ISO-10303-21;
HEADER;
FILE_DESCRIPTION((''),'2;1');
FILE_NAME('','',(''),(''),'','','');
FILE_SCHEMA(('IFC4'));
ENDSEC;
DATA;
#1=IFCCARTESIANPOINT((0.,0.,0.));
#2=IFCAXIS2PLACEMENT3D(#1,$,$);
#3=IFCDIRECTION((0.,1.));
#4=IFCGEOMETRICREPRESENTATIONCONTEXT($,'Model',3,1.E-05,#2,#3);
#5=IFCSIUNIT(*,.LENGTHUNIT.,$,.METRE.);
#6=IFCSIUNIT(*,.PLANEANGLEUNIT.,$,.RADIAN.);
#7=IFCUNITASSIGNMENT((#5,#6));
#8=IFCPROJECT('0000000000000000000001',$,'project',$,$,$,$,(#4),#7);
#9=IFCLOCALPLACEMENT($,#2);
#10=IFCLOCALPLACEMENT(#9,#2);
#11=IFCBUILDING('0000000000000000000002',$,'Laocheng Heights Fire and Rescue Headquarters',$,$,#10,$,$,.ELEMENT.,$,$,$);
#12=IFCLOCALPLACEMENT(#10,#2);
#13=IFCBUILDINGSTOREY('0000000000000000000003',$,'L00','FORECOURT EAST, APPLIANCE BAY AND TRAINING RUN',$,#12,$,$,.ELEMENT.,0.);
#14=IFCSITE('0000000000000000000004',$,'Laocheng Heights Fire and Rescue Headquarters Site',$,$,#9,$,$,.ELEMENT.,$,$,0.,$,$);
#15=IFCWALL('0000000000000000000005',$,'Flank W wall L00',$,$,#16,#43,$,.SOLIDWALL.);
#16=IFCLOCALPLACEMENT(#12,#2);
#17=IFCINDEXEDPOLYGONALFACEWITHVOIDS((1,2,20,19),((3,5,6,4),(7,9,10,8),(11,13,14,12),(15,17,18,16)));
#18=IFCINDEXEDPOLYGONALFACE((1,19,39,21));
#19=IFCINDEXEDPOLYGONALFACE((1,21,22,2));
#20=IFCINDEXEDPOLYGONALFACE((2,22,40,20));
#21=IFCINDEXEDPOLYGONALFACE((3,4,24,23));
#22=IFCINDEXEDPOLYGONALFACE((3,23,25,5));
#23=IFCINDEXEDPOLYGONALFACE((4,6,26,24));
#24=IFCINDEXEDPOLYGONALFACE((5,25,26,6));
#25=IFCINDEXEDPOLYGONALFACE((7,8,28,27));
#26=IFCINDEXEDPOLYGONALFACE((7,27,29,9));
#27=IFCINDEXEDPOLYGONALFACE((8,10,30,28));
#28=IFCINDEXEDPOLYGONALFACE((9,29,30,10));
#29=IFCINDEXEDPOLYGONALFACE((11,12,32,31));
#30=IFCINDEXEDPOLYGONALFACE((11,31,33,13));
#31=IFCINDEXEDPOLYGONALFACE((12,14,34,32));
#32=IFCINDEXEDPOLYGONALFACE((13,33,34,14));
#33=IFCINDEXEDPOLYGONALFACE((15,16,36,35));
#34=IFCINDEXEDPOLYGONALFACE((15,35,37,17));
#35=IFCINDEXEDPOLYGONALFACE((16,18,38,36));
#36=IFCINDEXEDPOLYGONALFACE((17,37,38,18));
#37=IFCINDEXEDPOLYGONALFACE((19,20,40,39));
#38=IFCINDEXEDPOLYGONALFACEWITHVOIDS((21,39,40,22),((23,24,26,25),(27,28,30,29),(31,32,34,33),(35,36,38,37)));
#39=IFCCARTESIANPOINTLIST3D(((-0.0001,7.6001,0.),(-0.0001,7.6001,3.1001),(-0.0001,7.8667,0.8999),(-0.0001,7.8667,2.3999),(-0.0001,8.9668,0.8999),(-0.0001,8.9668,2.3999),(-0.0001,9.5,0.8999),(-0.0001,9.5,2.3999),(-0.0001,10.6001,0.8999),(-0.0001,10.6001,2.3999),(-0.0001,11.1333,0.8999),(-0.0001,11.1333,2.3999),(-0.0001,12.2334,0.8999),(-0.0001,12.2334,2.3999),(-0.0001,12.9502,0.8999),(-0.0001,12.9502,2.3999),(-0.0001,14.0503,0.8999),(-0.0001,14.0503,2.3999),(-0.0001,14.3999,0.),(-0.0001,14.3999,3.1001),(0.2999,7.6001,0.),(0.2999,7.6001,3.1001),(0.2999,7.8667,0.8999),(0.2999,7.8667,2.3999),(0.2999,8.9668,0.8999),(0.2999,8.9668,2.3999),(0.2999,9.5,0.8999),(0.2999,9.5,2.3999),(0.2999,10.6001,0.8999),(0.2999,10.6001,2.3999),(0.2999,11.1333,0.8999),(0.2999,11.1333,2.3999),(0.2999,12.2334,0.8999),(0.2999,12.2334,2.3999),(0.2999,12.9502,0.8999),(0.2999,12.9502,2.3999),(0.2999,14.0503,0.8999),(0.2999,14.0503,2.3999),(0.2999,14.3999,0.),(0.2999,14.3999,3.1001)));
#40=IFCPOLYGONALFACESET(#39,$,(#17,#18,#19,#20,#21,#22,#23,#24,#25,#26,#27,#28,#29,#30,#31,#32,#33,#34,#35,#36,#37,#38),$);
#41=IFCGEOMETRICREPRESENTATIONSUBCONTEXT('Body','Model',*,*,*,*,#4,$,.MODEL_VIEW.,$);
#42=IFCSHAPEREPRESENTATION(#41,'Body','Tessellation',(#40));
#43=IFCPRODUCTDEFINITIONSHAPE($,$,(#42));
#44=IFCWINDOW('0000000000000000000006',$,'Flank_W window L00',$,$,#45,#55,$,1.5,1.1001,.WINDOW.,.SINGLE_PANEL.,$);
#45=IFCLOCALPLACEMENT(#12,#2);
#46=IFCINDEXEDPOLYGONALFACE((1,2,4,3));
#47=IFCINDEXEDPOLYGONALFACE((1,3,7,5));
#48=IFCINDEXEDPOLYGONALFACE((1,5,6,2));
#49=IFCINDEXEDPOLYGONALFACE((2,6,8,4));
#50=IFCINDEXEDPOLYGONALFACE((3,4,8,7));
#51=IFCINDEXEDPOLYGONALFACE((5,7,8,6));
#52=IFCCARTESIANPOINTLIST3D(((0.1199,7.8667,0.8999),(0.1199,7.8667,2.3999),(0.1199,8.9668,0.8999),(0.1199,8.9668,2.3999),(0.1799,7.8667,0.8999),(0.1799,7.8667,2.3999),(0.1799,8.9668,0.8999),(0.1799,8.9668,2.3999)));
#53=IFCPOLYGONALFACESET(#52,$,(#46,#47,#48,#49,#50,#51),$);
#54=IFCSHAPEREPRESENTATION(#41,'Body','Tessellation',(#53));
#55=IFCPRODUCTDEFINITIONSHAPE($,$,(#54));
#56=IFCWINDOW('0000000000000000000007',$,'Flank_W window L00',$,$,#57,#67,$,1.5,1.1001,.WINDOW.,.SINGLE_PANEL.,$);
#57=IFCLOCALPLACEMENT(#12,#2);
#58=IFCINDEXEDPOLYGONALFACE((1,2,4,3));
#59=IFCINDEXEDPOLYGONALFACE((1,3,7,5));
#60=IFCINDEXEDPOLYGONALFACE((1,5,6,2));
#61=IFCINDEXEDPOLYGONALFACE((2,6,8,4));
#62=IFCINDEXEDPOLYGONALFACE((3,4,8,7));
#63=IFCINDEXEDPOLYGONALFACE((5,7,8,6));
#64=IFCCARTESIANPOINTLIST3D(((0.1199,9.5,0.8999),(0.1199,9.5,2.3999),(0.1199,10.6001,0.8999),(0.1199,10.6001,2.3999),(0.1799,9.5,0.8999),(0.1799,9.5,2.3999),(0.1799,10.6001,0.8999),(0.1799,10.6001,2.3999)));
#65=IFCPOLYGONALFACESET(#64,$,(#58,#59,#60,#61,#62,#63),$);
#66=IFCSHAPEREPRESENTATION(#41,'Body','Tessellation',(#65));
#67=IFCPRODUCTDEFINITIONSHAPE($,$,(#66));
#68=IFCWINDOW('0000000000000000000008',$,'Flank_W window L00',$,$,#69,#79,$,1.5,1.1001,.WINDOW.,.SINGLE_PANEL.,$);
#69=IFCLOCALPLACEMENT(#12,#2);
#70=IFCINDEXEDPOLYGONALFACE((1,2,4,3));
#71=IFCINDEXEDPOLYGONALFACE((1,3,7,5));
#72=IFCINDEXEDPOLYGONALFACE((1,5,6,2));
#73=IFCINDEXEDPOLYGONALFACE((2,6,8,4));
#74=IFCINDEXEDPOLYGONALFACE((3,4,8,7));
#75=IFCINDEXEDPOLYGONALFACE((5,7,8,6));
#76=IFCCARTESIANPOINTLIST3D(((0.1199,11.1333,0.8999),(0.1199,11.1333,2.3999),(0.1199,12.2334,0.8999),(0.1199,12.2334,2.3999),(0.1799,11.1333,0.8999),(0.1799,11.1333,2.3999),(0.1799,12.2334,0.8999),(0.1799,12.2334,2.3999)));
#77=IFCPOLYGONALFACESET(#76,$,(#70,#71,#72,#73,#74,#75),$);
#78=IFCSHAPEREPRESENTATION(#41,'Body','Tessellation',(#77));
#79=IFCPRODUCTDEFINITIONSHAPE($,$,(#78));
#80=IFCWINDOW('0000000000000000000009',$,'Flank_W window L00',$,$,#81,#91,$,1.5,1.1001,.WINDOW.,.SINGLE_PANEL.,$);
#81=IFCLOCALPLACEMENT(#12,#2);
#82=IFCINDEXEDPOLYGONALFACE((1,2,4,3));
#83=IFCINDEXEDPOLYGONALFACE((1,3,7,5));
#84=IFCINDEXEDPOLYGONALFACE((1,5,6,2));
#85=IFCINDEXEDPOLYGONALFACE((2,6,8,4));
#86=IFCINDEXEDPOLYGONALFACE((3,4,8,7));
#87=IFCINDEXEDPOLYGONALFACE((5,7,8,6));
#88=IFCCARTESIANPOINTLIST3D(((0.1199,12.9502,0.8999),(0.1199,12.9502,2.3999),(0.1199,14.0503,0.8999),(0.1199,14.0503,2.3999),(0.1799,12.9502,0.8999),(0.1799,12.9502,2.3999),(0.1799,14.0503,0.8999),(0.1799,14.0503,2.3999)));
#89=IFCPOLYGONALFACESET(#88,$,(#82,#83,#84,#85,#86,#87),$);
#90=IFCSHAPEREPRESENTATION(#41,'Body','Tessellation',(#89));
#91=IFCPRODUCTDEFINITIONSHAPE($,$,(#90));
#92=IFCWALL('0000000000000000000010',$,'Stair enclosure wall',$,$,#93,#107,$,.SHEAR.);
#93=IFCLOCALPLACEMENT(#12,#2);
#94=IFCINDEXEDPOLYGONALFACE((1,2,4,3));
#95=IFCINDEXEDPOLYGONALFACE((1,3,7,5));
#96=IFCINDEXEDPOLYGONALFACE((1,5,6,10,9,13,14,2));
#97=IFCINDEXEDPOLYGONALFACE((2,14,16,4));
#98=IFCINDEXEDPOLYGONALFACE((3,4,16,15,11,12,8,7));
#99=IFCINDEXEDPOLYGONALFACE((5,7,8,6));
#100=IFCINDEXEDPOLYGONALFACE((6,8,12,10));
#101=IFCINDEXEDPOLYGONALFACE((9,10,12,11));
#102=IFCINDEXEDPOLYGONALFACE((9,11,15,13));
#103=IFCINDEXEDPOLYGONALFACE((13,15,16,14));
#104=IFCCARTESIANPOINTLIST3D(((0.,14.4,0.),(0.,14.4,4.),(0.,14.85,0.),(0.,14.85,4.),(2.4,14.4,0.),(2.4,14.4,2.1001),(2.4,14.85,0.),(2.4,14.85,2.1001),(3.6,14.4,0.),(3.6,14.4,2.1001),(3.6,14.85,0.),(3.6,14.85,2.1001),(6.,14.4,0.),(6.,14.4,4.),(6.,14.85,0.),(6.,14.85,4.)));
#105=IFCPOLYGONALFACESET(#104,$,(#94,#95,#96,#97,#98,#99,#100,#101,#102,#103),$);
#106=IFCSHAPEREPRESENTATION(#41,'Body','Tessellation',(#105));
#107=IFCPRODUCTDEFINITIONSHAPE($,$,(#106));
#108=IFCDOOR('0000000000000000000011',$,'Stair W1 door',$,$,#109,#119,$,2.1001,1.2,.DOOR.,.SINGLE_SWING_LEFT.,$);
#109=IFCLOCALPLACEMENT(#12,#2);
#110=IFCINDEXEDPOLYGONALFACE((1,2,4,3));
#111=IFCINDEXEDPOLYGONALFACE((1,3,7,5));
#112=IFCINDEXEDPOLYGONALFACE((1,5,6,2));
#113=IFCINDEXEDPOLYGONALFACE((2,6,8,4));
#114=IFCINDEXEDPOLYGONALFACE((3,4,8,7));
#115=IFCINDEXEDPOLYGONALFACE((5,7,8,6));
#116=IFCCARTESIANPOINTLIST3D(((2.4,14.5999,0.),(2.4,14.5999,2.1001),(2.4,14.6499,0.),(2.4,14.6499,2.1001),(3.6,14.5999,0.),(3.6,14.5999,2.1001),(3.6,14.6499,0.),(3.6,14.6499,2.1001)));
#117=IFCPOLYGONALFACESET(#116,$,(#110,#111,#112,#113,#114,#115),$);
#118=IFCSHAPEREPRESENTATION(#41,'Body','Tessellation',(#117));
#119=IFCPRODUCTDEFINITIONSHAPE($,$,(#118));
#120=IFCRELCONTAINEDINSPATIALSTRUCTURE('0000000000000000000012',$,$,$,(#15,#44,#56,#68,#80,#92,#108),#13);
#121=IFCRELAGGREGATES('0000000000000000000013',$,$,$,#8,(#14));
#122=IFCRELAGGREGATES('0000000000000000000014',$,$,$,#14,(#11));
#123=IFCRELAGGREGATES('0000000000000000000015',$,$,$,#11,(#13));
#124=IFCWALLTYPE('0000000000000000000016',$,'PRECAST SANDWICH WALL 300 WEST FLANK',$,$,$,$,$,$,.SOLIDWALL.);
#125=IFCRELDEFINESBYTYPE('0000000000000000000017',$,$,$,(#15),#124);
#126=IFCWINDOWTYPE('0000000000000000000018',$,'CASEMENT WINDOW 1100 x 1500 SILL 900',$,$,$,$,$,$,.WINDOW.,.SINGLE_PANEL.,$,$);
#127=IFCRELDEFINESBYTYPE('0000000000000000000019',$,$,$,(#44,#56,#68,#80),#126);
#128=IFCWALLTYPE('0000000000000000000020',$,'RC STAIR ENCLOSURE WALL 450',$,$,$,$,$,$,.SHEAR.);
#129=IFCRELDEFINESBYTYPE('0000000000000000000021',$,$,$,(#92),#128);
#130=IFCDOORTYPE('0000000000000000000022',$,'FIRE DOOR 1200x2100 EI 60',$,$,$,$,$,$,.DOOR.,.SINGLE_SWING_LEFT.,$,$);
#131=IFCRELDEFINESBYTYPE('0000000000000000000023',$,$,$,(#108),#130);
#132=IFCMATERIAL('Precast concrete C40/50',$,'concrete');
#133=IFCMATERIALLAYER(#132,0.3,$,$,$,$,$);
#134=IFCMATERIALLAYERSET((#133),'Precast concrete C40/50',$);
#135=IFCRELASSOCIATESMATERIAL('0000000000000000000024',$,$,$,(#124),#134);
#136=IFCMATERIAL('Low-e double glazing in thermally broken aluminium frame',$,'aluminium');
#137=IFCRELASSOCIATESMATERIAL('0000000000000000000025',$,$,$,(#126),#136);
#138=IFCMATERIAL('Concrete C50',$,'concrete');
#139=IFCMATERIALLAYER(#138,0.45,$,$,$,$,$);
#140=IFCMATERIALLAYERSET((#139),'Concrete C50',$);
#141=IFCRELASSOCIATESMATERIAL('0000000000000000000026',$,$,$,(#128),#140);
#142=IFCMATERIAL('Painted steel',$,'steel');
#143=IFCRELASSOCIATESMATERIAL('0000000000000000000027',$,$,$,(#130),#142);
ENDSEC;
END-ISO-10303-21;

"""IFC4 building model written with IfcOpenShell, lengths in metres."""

from ifc_helpers import new_model, si_unit, direction, frame, frame_2d, origin, place, context, subcontext, project, spatial, rectangle, extrude, material, layer, layer_set, type_object, element, fill, save


model = new_model("IFC4")

# Units and contexts
model_context = context("Model", 3, precision=1e-05, world=origin(), true_north=direction((0.0, 1.0)))
body_context = subcontext(model_context, "Body", "Model", "MODEL_VIEW")
ifc_project = project(units=[si_unit("LENGTHUNIT", "METRE"), si_unit("PLANEANGLEUNIT", "RADIAN")], contexts=[model_context])

# Site, building, storey
site_placement = place(None, origin())
site = spatial("IfcSite", under=ifc_project, at=site_placement, Name="Laocheng Heights Fire and Rescue Headquarters Site", CompositionType="ELEMENT", RefElevation=0.0)
building_placement = place(site_placement, origin())
building = spatial("IfcBuilding", under=site, at=building_placement, Name="Laocheng Heights Fire and Rescue Headquarters", CompositionType="ELEMENT")
storey_placement = place(building_placement, origin())
storey = spatial("IfcBuildingStorey", under=building, at=storey_placement, Name="L00", Description="FORECOURT EAST, APPLIANCE BAY AND TRAINING RUN", CompositionType="ELEMENT", Elevation=0.0)

# Wall, openings, windows
ifc_material_1 = material(Name="Precast concrete C40/50", Category="concrete")
ifc_layer_1 = layer(ifc_material_1, 0.3)
ifc_layer_set_1 = layer_set([ifc_layer_1], Name="Precast concrete C40/50")
wall_type_1 = type_object("IfcWallType", Name="PRECAST SANDWICH WALL 300 WEST FLANK", PredefinedType="SOLIDWALL", material=ifc_layer_set_1)
wall_1_placement = place(storey_placement, frame((0.1499, 7.6001, 0.0), z_axis=(0.0, 0.0, 1.0), x_axis=(0.0, 1.0, 0.0)))
wall_1 = element("IfcWall", 1, at=wall_1_placement, inside=storey, type_object=wall_type_1, Name="Flank W wall L00", PredefinedType="SOLIDWALL", context=body_context, shape_type="SweptSolid", body=[
    extrude(rectangle(XDim=6.7998, YDim=0.3, at=frame_2d((3.3999, 0.0))), origin(), (0.0, 0.0, 1.0), 3.1001),
])
opening_1_placement = place(wall_1_placement, frame((0.2666, 0.0, 0.8999)))
opening_1 = element("IfcOpeningElement", 2, at=opening_1_placement, cuts=wall_1, PredefinedType="OPENING", context=body_context, shape_type="SweptSolid", body=[
    extrude(rectangle(XDim=1.1001, YDim=1.5, at=frame_2d((0.55, 0.75))), frame((0.0, 0.1599, 0.0), z_axis=(0.0, -1.0, 0.0), x_axis=(1.0, 0.0, 0.0)), (0.0, 0.0, 1.0), 0.3201),
])
opening_2_placement = place(wall_1_placement, frame((1.8999, 0.0, 0.8999)))
opening_2 = element("IfcOpeningElement", 3, at=opening_2_placement, cuts=wall_1, PredefinedType="OPENING", context=body_context, shape_type="SweptSolid", body=[
    extrude(rectangle(XDim=1.1001, YDim=1.5, at=frame_2d((0.55, 0.75))), frame((0.0, 0.1599, 0.0), z_axis=(0.0, -1.0, 0.0), x_axis=(1.0, 0.0, 0.0)), (0.0, 0.0, 1.0), 0.3201),
])
opening_3_placement = place(wall_1_placement, frame((3.5332, 0.0, 0.8999)))
opening_3 = element("IfcOpeningElement", 4, at=opening_3_placement, cuts=wall_1, PredefinedType="OPENING", context=body_context, shape_type="SweptSolid", body=[
    extrude(rectangle(XDim=1.1001, YDim=1.5, at=frame_2d((0.55, 0.75))), frame((0.0, 0.1599, 0.0), z_axis=(0.0, -1.0, 0.0), x_axis=(1.0, 0.0, 0.0)), (0.0, 0.0, 1.0), 0.3201),
])
opening_4_placement = place(wall_1_placement, frame((5.3501, 0.0, 0.8999)))
opening_4 = element("IfcOpeningElement", 5, at=opening_4_placement, cuts=wall_1, PredefinedType="OPENING", context=body_context, shape_type="SweptSolid", body=[
    extrude(rectangle(XDim=1.1001, YDim=1.5, at=frame_2d((0.55, 0.75))), frame((0.0, 0.1599, 0.0), z_axis=(0.0, -1.0, 0.0), x_axis=(1.0, 0.0, 0.0)), (0.0, 0.0, 1.0), 0.3201),
])
ifc_material_2 = material(Name="Low-e double glazing in thermally broken aluminium frame", Category="aluminium")
window_type = type_object("IfcWindowType", Name="CASEMENT WINDOW 1100 x 1500 SILL 900", PartitioningType="SINGLE_PANEL", PredefinedType="WINDOW", material=ifc_material_2)
window_1_placement = place(opening_1_placement, origin())
window_1 = element("IfcWindow", 6, at=window_1_placement, inside=storey, type_object=window_type, Name="Flank_W window L00", OverallHeight=1.5, OverallWidth=1.1001, PartitioningType="SINGLE_PANEL", PredefinedType="WINDOW", context=body_context, shape_type="SweptSolid", body=[
    extrude(rectangle(XDim=1.1001, YDim=1.5, at=frame_2d((0.55, 0.75))), frame((0.0, 0.03, 0.0), z_axis=(0.0, -1.0, 0.0), x_axis=(1.0, 0.0, 0.0)), (0.0, 0.0, 1.0), 0.0601),
])
fill(opening_1, window_1)
window_2_placement = place(opening_2_placement, origin())
window_2 = element("IfcWindow", 7, at=window_2_placement, inside=storey, type_object=window_type, Name="Flank_W window L00", OverallHeight=1.5, OverallWidth=1.1001, PartitioningType="SINGLE_PANEL", PredefinedType="WINDOW", context=body_context, shape_type="SweptSolid", body=[
    extrude(rectangle(XDim=1.1001, YDim=1.5, at=frame_2d((0.55, 0.75))), frame((0.0, 0.03, 0.0), z_axis=(0.0, -1.0, 0.0), x_axis=(1.0, 0.0, 0.0)), (0.0, 0.0, 1.0), 0.0601),
])
fill(opening_2, window_2)
window_3_placement = place(opening_3_placement, origin())
window_3 = element("IfcWindow", 8, at=window_3_placement, inside=storey, type_object=window_type, Name="Flank_W window L00", OverallHeight=1.5, OverallWidth=1.1001, PartitioningType="SINGLE_PANEL", PredefinedType="WINDOW", context=body_context, shape_type="SweptSolid", body=[
    extrude(rectangle(XDim=1.1001, YDim=1.5, at=frame_2d((0.55, 0.75))), frame((0.0, 0.03, 0.0), z_axis=(0.0, -1.0, 0.0), x_axis=(1.0, 0.0, 0.0)), (0.0, 0.0, 1.0), 0.0601),
])
fill(opening_3, window_3)
window_4_placement = place(opening_4_placement, origin())
window_4 = element("IfcWindow", 9, at=window_4_placement, inside=storey, type_object=window_type, Name="Flank_W window L00", OverallHeight=1.5, OverallWidth=1.1001, PartitioningType="SINGLE_PANEL", PredefinedType="WINDOW", context=body_context, shape_type="SweptSolid", body=[
    extrude(rectangle(XDim=1.1001, YDim=1.5, at=frame_2d((0.55, 0.75))), frame((0.0, 0.03, 0.0), z_axis=(0.0, -1.0, 0.0), x_axis=(1.0, 0.0, 0.0)), (0.0, 0.0, 1.0), 0.0601),
])
fill(opening_4, window_4)

# Wall, opening, door
ifc_material_3 = material(Name="Concrete C50", Category="concrete")
ifc_layer_2 = layer(ifc_material_3, 0.45)
ifc_layer_set_2 = layer_set([ifc_layer_2], Name="Concrete C50")
wall_type_2 = type_object("IfcWallType", Name="RC STAIR ENCLOSURE WALL 450", PredefinedType="SHEAR", material=ifc_layer_set_2)
wall_2_placement = place(storey_placement, frame((0.0, 14.625, 0.0), z_axis=(0.0, 0.0, 1.0), x_axis=(1.0, 0.0, 0.0)))
wall_2 = element("IfcWall", 10, at=wall_2_placement, inside=storey, type_object=wall_type_2, Name="Stair enclosure wall", PredefinedType="SHEAR", context=body_context, shape_type="SweptSolid", body=[
    extrude(rectangle(XDim=6.0, YDim=0.45, at=frame_2d((3.0, 0.0))), origin(), (0.0, 0.0, 1.0), 4.0),
])
opening_5_placement = place(wall_2_placement, frame((2.3999, 0.0, 0.0)))
opening_5 = element("IfcOpeningElement", 11, at=opening_5_placement, cuts=wall_2, PredefinedType="OPENING", context=body_context, shape_type="SweptSolid", body=[
    extrude(rectangle(XDim=1.2, YDim=2.1001, at=frame_2d((0.6001, 1.05))), frame((0.0, 0.2349, 0.0), z_axis=(0.0, -1.0, 0.0), x_axis=(1.0, 0.0, 0.0)), (0.0, 0.0, 1.0), 0.47),
])
ifc_material_4 = material(Name="Painted steel", Category="steel")
door_type_1 = type_object("IfcDoorType", Name="FIRE DOOR 1200x2100 EI 60", OperationType="SINGLE_SWING_LEFT", PredefinedType="DOOR", material=ifc_material_4)
door_1_placement = place(opening_5_placement, origin())
door_1 = element("IfcDoor", 12, at=door_1_placement, inside=storey, type_object=door_type_1, Name="Stair W1 door", OperationType="SINGLE_SWING_LEFT", OverallHeight=2.1001, OverallWidth=1.2, PredefinedType="DOOR", context=body_context, shape_type="SweptSolid", body=[
    extrude(rectangle(XDim=1.2, YDim=2.1001, at=frame_2d((0.6001, 1.05))), frame((0.0, 0.0249, 0.0), z_axis=(0.0, -1.0, 0.0), x_axis=(1.0, 0.0, 0.0)), (0.0, 0.0, 1.0), 0.05),
])
fill(opening_5, door_1)

save(model, "model.ifc")
